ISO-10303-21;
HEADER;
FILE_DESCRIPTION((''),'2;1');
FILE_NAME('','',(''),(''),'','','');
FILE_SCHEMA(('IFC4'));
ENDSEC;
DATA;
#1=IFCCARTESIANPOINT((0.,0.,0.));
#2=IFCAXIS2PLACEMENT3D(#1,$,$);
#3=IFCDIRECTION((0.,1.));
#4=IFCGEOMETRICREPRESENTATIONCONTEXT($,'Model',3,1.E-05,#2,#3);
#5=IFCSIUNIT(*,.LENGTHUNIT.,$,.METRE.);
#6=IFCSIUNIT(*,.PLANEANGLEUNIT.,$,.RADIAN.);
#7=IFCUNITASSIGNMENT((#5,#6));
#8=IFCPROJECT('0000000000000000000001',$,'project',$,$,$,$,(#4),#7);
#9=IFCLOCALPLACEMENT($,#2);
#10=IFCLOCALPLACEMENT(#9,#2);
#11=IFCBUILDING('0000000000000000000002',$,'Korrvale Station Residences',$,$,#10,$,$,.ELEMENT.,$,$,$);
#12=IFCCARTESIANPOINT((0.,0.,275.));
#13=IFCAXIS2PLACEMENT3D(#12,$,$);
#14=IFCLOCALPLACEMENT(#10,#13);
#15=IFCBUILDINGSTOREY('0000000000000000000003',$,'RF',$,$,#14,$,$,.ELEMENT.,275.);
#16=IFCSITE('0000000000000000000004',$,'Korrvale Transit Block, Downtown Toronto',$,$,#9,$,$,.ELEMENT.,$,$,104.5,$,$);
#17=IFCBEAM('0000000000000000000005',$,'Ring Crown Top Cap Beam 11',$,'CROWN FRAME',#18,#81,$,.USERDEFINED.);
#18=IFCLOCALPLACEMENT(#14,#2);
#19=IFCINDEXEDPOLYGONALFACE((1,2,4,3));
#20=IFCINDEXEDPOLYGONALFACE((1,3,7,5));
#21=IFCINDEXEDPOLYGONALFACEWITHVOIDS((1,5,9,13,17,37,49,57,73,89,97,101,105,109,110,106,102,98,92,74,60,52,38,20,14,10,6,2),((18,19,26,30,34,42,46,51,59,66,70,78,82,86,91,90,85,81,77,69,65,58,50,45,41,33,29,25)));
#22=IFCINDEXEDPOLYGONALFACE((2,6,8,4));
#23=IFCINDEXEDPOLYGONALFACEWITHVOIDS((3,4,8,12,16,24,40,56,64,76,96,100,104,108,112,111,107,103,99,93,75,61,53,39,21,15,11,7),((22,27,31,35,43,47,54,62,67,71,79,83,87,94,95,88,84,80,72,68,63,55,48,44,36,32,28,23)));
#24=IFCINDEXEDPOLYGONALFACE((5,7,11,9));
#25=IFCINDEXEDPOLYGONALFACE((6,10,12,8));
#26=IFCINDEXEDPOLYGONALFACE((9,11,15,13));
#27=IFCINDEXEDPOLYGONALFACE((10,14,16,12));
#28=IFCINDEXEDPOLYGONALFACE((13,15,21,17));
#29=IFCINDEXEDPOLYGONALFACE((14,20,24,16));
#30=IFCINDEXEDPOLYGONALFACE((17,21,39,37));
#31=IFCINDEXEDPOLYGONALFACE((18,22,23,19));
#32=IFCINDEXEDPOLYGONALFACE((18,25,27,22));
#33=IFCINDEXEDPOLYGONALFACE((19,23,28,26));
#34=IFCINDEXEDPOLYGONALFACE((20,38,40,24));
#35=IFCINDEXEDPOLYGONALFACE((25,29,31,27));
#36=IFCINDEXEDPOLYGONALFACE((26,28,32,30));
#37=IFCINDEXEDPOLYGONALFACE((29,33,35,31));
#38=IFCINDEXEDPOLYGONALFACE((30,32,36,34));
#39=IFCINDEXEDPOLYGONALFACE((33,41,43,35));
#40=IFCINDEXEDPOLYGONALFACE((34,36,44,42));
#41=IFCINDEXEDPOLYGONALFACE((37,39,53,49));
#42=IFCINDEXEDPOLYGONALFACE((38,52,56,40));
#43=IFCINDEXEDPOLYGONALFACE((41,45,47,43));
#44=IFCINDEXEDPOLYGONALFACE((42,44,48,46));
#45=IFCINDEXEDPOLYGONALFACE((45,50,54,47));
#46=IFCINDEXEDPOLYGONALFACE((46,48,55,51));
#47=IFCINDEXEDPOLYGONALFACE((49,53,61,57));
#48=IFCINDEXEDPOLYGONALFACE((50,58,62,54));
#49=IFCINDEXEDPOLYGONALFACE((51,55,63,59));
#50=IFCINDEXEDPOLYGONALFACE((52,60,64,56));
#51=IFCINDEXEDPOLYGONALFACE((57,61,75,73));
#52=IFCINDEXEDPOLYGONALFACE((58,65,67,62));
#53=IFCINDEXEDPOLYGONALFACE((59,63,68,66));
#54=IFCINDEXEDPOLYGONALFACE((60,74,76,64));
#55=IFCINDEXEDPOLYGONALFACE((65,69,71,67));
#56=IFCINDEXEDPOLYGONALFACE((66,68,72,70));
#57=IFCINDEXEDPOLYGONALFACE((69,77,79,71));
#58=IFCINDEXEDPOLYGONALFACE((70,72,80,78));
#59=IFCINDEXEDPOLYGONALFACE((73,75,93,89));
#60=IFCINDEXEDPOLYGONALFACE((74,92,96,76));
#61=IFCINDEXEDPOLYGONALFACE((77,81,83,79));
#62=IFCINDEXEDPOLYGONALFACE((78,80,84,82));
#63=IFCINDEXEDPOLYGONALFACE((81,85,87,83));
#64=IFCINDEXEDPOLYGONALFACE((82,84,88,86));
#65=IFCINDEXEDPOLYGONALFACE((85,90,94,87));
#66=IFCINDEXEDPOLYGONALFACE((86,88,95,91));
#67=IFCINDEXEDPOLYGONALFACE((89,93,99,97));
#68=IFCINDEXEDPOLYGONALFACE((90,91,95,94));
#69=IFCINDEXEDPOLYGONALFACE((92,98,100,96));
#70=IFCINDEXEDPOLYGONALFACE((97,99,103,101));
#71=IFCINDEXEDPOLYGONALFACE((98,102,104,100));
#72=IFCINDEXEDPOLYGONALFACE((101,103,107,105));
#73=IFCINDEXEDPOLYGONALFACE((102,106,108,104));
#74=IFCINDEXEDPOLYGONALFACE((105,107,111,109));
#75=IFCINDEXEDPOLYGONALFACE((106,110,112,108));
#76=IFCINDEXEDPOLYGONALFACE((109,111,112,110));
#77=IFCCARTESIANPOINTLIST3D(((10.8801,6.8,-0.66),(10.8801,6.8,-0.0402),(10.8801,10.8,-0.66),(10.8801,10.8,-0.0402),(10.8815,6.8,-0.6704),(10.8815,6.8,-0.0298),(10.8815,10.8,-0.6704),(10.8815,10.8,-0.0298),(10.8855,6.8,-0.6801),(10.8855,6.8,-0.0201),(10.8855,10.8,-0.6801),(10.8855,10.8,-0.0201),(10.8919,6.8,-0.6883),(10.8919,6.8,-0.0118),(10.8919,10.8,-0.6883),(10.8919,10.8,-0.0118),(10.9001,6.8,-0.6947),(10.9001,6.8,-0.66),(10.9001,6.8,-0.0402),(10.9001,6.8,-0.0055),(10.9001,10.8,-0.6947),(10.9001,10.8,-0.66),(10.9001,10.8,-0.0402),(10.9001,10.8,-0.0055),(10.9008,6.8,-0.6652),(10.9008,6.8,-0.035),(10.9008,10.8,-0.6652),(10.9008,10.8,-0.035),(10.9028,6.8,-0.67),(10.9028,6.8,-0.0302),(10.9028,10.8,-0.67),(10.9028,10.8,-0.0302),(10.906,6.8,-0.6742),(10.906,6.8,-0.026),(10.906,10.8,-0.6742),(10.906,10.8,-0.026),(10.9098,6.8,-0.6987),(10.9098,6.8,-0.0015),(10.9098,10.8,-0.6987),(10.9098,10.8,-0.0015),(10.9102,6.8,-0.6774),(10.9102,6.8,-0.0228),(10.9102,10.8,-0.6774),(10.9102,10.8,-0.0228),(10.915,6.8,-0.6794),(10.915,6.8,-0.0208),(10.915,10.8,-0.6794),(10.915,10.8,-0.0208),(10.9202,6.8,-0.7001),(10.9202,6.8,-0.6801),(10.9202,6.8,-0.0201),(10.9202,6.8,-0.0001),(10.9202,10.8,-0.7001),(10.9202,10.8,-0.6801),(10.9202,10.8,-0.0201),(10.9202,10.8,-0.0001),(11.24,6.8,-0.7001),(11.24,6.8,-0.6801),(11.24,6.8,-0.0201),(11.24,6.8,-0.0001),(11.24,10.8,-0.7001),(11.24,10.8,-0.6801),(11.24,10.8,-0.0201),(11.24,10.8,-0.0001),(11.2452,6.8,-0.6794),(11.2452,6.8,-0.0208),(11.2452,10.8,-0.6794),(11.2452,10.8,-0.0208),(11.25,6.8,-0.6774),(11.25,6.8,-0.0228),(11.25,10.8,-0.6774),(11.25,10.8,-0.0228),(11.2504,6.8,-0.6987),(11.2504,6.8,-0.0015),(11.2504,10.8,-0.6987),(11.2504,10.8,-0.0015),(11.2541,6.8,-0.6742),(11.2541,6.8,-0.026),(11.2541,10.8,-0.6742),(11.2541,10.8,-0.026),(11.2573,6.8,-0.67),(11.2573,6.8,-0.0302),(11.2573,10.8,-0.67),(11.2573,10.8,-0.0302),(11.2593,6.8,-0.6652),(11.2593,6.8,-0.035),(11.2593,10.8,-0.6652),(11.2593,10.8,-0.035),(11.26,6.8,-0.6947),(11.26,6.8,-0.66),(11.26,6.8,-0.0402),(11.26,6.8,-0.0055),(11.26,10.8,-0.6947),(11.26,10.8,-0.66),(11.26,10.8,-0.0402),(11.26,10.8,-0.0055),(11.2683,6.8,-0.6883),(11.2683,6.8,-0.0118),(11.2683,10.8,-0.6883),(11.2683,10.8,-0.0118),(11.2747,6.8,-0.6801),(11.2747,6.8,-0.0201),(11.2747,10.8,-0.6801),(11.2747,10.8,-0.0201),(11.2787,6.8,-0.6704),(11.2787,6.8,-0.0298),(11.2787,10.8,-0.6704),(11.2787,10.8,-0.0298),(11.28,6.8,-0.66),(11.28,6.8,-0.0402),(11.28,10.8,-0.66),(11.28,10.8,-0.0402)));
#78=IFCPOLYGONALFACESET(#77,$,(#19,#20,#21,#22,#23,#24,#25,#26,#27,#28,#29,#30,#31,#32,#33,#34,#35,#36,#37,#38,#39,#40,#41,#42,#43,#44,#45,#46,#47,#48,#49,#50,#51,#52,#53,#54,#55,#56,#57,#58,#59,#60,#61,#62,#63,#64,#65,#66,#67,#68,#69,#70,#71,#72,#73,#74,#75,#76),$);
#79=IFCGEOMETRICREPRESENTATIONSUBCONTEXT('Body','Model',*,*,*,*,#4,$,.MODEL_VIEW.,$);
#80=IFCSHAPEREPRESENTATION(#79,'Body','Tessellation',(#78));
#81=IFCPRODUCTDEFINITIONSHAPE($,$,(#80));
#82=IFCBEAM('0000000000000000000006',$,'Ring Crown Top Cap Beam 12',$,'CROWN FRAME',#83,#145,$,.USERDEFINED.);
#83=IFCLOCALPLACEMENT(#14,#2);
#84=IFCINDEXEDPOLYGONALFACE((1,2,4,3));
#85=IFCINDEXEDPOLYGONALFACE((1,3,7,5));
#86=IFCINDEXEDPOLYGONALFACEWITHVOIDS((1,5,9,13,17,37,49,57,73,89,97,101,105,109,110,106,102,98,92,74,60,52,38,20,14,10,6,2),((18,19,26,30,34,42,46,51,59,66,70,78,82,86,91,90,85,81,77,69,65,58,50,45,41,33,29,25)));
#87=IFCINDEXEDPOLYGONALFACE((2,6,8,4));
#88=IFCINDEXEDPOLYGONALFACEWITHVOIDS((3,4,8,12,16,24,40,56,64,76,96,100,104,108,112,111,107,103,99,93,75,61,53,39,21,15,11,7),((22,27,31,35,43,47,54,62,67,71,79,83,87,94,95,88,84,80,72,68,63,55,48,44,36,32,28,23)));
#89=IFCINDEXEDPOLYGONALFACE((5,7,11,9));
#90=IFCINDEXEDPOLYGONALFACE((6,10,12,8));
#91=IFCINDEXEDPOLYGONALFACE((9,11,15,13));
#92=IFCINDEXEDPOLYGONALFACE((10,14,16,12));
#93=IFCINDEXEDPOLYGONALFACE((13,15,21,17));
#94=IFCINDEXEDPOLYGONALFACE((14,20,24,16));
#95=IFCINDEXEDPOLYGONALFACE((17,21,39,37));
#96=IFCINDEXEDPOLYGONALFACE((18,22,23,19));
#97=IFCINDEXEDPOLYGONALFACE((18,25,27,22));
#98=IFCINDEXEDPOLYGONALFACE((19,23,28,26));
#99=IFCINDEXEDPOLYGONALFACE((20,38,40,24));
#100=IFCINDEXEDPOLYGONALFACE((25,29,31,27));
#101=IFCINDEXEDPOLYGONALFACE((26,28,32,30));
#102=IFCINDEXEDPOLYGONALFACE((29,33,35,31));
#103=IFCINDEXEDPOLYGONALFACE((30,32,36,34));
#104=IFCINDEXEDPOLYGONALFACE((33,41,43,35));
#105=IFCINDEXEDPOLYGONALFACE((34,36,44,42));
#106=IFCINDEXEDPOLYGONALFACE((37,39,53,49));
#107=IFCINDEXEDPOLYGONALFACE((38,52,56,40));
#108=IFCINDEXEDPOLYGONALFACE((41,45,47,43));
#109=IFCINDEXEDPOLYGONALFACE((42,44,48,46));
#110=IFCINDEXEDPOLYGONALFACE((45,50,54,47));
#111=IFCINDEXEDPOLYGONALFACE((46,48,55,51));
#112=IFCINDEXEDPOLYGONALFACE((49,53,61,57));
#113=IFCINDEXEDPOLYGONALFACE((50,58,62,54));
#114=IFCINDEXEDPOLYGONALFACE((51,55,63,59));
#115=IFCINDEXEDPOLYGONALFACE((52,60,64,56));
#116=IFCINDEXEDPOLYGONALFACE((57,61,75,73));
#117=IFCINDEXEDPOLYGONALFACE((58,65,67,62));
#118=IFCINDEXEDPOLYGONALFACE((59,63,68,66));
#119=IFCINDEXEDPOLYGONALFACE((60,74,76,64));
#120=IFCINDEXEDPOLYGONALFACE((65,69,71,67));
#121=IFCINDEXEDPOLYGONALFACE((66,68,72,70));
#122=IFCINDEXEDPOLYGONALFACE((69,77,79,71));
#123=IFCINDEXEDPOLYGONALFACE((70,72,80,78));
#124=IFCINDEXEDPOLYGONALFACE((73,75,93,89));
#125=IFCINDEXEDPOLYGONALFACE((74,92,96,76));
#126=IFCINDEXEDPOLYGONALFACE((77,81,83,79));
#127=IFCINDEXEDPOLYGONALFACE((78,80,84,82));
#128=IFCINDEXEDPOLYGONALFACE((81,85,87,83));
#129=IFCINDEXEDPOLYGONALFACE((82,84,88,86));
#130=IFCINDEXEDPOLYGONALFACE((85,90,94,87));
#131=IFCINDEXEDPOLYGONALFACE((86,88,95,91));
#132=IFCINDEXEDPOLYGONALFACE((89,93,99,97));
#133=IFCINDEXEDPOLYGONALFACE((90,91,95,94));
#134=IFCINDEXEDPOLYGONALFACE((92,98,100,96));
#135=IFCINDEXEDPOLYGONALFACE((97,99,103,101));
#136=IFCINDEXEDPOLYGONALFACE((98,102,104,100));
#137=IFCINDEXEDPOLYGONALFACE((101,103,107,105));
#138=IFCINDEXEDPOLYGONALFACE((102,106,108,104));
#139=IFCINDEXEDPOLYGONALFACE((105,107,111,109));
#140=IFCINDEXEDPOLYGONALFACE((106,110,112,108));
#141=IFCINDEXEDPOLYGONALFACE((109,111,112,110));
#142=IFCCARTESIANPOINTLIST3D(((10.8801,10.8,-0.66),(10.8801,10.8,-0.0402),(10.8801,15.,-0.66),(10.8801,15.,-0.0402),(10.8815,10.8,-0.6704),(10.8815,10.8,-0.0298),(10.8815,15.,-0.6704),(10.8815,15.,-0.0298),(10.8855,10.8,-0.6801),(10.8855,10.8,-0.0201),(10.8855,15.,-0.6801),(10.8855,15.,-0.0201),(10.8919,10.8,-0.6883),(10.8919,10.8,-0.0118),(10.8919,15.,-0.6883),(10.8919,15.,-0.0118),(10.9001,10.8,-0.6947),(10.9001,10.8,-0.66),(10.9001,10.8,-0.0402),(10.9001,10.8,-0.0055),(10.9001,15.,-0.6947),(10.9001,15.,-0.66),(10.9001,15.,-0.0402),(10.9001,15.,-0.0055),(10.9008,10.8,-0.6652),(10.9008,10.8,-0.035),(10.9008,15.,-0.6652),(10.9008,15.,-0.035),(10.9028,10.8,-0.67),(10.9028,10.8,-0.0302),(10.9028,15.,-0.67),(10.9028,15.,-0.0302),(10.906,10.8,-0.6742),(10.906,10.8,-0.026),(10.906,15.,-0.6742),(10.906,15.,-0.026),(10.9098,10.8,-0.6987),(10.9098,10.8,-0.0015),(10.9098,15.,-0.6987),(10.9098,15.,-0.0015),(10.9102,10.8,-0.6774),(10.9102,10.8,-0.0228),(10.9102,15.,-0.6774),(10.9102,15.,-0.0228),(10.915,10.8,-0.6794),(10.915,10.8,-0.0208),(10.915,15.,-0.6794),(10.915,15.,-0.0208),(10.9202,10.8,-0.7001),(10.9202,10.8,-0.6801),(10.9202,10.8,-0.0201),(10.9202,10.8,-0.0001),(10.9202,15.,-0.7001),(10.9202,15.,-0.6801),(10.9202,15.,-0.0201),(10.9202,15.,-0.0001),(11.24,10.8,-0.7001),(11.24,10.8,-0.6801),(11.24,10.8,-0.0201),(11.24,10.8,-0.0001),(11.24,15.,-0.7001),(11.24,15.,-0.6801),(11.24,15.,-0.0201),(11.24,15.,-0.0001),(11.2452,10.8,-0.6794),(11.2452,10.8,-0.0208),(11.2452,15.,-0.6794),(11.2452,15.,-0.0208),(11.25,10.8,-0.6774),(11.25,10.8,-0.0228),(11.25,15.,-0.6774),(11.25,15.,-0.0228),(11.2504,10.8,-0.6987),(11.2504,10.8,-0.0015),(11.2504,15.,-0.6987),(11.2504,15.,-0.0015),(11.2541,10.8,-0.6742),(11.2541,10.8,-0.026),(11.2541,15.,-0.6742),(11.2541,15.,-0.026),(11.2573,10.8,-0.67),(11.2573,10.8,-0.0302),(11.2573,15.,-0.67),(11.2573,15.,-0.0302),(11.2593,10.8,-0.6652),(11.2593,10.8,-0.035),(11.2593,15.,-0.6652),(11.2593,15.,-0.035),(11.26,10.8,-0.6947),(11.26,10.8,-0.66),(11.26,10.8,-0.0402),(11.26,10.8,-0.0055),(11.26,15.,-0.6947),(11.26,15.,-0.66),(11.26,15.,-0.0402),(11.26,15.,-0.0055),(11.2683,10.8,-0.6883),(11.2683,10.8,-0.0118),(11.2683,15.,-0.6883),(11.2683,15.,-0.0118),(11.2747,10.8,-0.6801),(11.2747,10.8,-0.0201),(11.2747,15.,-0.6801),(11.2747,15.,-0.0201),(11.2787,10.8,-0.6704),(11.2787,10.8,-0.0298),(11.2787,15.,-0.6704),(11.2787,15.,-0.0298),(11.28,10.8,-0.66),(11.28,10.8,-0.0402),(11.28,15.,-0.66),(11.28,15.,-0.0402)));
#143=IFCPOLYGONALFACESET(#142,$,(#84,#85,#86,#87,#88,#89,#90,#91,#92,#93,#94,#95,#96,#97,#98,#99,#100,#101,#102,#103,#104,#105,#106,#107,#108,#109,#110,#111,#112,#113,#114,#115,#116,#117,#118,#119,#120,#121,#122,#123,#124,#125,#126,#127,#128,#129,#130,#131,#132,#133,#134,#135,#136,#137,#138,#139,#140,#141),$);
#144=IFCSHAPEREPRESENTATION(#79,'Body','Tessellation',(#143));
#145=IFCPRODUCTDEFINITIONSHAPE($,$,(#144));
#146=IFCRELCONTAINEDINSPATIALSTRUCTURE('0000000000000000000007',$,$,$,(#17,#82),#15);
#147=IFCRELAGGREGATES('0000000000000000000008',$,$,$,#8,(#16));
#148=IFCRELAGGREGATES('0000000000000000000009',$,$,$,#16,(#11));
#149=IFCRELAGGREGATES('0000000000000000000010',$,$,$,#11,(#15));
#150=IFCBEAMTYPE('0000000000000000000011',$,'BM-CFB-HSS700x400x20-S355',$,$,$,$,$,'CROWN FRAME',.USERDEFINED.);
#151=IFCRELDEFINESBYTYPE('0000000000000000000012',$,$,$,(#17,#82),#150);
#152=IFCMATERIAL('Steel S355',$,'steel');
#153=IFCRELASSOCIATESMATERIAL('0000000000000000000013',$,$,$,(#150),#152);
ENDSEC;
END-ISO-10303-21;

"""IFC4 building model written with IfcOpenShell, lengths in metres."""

from ifc_helpers import new_model, si_unit, direction, frame, origin, origin_2d, place, context, subcontext, project, spatial, hollow_rectangle, extrude, material, material_profile, profile_set, type_object, element, save


model = new_model("IFC4")

# Units and contexts
model_context = context("Model", 3, precision=1e-05, world=origin(), true_north=direction((0.0, 1.0)))
body_context = subcontext(model_context, "Body", "Model", "MODEL_VIEW")
ifc_project = project(units=[si_unit("LENGTHUNIT", "METRE"), si_unit("PLANEANGLEUNIT", "RADIAN")], contexts=[model_context])

# Site, building, storey
site_placement = place(None, origin())
site = spatial("IfcSite", under=ifc_project, at=site_placement, Name="Korrvale Transit Block, Downtown Toronto", CompositionType="ELEMENT", RefElevation=104.5)
building_placement = place(site_placement, origin())
building = spatial("IfcBuilding", under=site, at=building_placement, Name="Korrvale Station Residences", CompositionType="ELEMENT")
storey_placement = place(building_placement, frame((0.0, 0.0, 275.0)))
storey = spatial("IfcBuildingStorey", under=building, at=storey_placement, Name="RF", CompositionType="ELEMENT", Elevation=275.0)

# Beams
ifc_material_1 = material(Name="Steel S355", Category="steel")
ifc_material_profile = material_profile(ifc_material_1, hollow_rectangle(XDim=0.3999, YDim=0.7, WallThickness=0.02, InnerFilletRadius=0.02, OuterFilletRadius=0.04, at=origin_2d()), Name="HSS700x400x20")
ifc_profile_set = profile_set([ifc_material_profile], Name="Steel S355")
beam_type = type_object("IfcBeamType", Name="BM-CFB-HSS700x400x20-S355", ElementType="CROWN FRAME", PredefinedType="USERDEFINED", material=ifc_profile_set)
beam_1_placement = place(storey_placement, frame((11.0801, 6.8, -0.3501), z_axis=(0.0, 1.0, 0.0), x_axis=(-1.0, 0.0, 0.0)))
element("IfcBeam", 1, at=beam_1_placement, inside=storey, type_object=beam_type, Name="Ring Crown Top Cap Beam 11", ObjectType="CROWN FRAME", PredefinedType="USERDEFINED", context=body_context, shape_type="SweptSolid", body=[
    extrude(hollow_rectangle(XDim=0.3999, YDim=0.7, WallThickness=0.02, InnerFilletRadius=0.02, OuterFilletRadius=0.04, at=origin_2d()), origin(), (0.0, 0.0, 1.0), 4.0),
])
beam_2_placement = place(storey_placement, frame((11.0801, 10.8, -0.3501), z_axis=(0.0, 1.0, 0.0), x_axis=(-1.0, 0.0, 0.0)))
element("IfcBeam", 2, at=beam_2_placement, inside=storey, type_object=beam_type, Name="Ring Crown Top Cap Beam 12", ObjectType="CROWN FRAME", PredefinedType="USERDEFINED", context=body_context, shape_type="SweptSolid", body=[
    extrude(hollow_rectangle(XDim=0.3999, YDim=0.7, WallThickness=0.02, InnerFilletRadius=0.02, OuterFilletRadius=0.04, at=origin_2d()), origin(), (0.0, 0.0, 1.0), 4.2),
])

save(model, "model.ifc")
